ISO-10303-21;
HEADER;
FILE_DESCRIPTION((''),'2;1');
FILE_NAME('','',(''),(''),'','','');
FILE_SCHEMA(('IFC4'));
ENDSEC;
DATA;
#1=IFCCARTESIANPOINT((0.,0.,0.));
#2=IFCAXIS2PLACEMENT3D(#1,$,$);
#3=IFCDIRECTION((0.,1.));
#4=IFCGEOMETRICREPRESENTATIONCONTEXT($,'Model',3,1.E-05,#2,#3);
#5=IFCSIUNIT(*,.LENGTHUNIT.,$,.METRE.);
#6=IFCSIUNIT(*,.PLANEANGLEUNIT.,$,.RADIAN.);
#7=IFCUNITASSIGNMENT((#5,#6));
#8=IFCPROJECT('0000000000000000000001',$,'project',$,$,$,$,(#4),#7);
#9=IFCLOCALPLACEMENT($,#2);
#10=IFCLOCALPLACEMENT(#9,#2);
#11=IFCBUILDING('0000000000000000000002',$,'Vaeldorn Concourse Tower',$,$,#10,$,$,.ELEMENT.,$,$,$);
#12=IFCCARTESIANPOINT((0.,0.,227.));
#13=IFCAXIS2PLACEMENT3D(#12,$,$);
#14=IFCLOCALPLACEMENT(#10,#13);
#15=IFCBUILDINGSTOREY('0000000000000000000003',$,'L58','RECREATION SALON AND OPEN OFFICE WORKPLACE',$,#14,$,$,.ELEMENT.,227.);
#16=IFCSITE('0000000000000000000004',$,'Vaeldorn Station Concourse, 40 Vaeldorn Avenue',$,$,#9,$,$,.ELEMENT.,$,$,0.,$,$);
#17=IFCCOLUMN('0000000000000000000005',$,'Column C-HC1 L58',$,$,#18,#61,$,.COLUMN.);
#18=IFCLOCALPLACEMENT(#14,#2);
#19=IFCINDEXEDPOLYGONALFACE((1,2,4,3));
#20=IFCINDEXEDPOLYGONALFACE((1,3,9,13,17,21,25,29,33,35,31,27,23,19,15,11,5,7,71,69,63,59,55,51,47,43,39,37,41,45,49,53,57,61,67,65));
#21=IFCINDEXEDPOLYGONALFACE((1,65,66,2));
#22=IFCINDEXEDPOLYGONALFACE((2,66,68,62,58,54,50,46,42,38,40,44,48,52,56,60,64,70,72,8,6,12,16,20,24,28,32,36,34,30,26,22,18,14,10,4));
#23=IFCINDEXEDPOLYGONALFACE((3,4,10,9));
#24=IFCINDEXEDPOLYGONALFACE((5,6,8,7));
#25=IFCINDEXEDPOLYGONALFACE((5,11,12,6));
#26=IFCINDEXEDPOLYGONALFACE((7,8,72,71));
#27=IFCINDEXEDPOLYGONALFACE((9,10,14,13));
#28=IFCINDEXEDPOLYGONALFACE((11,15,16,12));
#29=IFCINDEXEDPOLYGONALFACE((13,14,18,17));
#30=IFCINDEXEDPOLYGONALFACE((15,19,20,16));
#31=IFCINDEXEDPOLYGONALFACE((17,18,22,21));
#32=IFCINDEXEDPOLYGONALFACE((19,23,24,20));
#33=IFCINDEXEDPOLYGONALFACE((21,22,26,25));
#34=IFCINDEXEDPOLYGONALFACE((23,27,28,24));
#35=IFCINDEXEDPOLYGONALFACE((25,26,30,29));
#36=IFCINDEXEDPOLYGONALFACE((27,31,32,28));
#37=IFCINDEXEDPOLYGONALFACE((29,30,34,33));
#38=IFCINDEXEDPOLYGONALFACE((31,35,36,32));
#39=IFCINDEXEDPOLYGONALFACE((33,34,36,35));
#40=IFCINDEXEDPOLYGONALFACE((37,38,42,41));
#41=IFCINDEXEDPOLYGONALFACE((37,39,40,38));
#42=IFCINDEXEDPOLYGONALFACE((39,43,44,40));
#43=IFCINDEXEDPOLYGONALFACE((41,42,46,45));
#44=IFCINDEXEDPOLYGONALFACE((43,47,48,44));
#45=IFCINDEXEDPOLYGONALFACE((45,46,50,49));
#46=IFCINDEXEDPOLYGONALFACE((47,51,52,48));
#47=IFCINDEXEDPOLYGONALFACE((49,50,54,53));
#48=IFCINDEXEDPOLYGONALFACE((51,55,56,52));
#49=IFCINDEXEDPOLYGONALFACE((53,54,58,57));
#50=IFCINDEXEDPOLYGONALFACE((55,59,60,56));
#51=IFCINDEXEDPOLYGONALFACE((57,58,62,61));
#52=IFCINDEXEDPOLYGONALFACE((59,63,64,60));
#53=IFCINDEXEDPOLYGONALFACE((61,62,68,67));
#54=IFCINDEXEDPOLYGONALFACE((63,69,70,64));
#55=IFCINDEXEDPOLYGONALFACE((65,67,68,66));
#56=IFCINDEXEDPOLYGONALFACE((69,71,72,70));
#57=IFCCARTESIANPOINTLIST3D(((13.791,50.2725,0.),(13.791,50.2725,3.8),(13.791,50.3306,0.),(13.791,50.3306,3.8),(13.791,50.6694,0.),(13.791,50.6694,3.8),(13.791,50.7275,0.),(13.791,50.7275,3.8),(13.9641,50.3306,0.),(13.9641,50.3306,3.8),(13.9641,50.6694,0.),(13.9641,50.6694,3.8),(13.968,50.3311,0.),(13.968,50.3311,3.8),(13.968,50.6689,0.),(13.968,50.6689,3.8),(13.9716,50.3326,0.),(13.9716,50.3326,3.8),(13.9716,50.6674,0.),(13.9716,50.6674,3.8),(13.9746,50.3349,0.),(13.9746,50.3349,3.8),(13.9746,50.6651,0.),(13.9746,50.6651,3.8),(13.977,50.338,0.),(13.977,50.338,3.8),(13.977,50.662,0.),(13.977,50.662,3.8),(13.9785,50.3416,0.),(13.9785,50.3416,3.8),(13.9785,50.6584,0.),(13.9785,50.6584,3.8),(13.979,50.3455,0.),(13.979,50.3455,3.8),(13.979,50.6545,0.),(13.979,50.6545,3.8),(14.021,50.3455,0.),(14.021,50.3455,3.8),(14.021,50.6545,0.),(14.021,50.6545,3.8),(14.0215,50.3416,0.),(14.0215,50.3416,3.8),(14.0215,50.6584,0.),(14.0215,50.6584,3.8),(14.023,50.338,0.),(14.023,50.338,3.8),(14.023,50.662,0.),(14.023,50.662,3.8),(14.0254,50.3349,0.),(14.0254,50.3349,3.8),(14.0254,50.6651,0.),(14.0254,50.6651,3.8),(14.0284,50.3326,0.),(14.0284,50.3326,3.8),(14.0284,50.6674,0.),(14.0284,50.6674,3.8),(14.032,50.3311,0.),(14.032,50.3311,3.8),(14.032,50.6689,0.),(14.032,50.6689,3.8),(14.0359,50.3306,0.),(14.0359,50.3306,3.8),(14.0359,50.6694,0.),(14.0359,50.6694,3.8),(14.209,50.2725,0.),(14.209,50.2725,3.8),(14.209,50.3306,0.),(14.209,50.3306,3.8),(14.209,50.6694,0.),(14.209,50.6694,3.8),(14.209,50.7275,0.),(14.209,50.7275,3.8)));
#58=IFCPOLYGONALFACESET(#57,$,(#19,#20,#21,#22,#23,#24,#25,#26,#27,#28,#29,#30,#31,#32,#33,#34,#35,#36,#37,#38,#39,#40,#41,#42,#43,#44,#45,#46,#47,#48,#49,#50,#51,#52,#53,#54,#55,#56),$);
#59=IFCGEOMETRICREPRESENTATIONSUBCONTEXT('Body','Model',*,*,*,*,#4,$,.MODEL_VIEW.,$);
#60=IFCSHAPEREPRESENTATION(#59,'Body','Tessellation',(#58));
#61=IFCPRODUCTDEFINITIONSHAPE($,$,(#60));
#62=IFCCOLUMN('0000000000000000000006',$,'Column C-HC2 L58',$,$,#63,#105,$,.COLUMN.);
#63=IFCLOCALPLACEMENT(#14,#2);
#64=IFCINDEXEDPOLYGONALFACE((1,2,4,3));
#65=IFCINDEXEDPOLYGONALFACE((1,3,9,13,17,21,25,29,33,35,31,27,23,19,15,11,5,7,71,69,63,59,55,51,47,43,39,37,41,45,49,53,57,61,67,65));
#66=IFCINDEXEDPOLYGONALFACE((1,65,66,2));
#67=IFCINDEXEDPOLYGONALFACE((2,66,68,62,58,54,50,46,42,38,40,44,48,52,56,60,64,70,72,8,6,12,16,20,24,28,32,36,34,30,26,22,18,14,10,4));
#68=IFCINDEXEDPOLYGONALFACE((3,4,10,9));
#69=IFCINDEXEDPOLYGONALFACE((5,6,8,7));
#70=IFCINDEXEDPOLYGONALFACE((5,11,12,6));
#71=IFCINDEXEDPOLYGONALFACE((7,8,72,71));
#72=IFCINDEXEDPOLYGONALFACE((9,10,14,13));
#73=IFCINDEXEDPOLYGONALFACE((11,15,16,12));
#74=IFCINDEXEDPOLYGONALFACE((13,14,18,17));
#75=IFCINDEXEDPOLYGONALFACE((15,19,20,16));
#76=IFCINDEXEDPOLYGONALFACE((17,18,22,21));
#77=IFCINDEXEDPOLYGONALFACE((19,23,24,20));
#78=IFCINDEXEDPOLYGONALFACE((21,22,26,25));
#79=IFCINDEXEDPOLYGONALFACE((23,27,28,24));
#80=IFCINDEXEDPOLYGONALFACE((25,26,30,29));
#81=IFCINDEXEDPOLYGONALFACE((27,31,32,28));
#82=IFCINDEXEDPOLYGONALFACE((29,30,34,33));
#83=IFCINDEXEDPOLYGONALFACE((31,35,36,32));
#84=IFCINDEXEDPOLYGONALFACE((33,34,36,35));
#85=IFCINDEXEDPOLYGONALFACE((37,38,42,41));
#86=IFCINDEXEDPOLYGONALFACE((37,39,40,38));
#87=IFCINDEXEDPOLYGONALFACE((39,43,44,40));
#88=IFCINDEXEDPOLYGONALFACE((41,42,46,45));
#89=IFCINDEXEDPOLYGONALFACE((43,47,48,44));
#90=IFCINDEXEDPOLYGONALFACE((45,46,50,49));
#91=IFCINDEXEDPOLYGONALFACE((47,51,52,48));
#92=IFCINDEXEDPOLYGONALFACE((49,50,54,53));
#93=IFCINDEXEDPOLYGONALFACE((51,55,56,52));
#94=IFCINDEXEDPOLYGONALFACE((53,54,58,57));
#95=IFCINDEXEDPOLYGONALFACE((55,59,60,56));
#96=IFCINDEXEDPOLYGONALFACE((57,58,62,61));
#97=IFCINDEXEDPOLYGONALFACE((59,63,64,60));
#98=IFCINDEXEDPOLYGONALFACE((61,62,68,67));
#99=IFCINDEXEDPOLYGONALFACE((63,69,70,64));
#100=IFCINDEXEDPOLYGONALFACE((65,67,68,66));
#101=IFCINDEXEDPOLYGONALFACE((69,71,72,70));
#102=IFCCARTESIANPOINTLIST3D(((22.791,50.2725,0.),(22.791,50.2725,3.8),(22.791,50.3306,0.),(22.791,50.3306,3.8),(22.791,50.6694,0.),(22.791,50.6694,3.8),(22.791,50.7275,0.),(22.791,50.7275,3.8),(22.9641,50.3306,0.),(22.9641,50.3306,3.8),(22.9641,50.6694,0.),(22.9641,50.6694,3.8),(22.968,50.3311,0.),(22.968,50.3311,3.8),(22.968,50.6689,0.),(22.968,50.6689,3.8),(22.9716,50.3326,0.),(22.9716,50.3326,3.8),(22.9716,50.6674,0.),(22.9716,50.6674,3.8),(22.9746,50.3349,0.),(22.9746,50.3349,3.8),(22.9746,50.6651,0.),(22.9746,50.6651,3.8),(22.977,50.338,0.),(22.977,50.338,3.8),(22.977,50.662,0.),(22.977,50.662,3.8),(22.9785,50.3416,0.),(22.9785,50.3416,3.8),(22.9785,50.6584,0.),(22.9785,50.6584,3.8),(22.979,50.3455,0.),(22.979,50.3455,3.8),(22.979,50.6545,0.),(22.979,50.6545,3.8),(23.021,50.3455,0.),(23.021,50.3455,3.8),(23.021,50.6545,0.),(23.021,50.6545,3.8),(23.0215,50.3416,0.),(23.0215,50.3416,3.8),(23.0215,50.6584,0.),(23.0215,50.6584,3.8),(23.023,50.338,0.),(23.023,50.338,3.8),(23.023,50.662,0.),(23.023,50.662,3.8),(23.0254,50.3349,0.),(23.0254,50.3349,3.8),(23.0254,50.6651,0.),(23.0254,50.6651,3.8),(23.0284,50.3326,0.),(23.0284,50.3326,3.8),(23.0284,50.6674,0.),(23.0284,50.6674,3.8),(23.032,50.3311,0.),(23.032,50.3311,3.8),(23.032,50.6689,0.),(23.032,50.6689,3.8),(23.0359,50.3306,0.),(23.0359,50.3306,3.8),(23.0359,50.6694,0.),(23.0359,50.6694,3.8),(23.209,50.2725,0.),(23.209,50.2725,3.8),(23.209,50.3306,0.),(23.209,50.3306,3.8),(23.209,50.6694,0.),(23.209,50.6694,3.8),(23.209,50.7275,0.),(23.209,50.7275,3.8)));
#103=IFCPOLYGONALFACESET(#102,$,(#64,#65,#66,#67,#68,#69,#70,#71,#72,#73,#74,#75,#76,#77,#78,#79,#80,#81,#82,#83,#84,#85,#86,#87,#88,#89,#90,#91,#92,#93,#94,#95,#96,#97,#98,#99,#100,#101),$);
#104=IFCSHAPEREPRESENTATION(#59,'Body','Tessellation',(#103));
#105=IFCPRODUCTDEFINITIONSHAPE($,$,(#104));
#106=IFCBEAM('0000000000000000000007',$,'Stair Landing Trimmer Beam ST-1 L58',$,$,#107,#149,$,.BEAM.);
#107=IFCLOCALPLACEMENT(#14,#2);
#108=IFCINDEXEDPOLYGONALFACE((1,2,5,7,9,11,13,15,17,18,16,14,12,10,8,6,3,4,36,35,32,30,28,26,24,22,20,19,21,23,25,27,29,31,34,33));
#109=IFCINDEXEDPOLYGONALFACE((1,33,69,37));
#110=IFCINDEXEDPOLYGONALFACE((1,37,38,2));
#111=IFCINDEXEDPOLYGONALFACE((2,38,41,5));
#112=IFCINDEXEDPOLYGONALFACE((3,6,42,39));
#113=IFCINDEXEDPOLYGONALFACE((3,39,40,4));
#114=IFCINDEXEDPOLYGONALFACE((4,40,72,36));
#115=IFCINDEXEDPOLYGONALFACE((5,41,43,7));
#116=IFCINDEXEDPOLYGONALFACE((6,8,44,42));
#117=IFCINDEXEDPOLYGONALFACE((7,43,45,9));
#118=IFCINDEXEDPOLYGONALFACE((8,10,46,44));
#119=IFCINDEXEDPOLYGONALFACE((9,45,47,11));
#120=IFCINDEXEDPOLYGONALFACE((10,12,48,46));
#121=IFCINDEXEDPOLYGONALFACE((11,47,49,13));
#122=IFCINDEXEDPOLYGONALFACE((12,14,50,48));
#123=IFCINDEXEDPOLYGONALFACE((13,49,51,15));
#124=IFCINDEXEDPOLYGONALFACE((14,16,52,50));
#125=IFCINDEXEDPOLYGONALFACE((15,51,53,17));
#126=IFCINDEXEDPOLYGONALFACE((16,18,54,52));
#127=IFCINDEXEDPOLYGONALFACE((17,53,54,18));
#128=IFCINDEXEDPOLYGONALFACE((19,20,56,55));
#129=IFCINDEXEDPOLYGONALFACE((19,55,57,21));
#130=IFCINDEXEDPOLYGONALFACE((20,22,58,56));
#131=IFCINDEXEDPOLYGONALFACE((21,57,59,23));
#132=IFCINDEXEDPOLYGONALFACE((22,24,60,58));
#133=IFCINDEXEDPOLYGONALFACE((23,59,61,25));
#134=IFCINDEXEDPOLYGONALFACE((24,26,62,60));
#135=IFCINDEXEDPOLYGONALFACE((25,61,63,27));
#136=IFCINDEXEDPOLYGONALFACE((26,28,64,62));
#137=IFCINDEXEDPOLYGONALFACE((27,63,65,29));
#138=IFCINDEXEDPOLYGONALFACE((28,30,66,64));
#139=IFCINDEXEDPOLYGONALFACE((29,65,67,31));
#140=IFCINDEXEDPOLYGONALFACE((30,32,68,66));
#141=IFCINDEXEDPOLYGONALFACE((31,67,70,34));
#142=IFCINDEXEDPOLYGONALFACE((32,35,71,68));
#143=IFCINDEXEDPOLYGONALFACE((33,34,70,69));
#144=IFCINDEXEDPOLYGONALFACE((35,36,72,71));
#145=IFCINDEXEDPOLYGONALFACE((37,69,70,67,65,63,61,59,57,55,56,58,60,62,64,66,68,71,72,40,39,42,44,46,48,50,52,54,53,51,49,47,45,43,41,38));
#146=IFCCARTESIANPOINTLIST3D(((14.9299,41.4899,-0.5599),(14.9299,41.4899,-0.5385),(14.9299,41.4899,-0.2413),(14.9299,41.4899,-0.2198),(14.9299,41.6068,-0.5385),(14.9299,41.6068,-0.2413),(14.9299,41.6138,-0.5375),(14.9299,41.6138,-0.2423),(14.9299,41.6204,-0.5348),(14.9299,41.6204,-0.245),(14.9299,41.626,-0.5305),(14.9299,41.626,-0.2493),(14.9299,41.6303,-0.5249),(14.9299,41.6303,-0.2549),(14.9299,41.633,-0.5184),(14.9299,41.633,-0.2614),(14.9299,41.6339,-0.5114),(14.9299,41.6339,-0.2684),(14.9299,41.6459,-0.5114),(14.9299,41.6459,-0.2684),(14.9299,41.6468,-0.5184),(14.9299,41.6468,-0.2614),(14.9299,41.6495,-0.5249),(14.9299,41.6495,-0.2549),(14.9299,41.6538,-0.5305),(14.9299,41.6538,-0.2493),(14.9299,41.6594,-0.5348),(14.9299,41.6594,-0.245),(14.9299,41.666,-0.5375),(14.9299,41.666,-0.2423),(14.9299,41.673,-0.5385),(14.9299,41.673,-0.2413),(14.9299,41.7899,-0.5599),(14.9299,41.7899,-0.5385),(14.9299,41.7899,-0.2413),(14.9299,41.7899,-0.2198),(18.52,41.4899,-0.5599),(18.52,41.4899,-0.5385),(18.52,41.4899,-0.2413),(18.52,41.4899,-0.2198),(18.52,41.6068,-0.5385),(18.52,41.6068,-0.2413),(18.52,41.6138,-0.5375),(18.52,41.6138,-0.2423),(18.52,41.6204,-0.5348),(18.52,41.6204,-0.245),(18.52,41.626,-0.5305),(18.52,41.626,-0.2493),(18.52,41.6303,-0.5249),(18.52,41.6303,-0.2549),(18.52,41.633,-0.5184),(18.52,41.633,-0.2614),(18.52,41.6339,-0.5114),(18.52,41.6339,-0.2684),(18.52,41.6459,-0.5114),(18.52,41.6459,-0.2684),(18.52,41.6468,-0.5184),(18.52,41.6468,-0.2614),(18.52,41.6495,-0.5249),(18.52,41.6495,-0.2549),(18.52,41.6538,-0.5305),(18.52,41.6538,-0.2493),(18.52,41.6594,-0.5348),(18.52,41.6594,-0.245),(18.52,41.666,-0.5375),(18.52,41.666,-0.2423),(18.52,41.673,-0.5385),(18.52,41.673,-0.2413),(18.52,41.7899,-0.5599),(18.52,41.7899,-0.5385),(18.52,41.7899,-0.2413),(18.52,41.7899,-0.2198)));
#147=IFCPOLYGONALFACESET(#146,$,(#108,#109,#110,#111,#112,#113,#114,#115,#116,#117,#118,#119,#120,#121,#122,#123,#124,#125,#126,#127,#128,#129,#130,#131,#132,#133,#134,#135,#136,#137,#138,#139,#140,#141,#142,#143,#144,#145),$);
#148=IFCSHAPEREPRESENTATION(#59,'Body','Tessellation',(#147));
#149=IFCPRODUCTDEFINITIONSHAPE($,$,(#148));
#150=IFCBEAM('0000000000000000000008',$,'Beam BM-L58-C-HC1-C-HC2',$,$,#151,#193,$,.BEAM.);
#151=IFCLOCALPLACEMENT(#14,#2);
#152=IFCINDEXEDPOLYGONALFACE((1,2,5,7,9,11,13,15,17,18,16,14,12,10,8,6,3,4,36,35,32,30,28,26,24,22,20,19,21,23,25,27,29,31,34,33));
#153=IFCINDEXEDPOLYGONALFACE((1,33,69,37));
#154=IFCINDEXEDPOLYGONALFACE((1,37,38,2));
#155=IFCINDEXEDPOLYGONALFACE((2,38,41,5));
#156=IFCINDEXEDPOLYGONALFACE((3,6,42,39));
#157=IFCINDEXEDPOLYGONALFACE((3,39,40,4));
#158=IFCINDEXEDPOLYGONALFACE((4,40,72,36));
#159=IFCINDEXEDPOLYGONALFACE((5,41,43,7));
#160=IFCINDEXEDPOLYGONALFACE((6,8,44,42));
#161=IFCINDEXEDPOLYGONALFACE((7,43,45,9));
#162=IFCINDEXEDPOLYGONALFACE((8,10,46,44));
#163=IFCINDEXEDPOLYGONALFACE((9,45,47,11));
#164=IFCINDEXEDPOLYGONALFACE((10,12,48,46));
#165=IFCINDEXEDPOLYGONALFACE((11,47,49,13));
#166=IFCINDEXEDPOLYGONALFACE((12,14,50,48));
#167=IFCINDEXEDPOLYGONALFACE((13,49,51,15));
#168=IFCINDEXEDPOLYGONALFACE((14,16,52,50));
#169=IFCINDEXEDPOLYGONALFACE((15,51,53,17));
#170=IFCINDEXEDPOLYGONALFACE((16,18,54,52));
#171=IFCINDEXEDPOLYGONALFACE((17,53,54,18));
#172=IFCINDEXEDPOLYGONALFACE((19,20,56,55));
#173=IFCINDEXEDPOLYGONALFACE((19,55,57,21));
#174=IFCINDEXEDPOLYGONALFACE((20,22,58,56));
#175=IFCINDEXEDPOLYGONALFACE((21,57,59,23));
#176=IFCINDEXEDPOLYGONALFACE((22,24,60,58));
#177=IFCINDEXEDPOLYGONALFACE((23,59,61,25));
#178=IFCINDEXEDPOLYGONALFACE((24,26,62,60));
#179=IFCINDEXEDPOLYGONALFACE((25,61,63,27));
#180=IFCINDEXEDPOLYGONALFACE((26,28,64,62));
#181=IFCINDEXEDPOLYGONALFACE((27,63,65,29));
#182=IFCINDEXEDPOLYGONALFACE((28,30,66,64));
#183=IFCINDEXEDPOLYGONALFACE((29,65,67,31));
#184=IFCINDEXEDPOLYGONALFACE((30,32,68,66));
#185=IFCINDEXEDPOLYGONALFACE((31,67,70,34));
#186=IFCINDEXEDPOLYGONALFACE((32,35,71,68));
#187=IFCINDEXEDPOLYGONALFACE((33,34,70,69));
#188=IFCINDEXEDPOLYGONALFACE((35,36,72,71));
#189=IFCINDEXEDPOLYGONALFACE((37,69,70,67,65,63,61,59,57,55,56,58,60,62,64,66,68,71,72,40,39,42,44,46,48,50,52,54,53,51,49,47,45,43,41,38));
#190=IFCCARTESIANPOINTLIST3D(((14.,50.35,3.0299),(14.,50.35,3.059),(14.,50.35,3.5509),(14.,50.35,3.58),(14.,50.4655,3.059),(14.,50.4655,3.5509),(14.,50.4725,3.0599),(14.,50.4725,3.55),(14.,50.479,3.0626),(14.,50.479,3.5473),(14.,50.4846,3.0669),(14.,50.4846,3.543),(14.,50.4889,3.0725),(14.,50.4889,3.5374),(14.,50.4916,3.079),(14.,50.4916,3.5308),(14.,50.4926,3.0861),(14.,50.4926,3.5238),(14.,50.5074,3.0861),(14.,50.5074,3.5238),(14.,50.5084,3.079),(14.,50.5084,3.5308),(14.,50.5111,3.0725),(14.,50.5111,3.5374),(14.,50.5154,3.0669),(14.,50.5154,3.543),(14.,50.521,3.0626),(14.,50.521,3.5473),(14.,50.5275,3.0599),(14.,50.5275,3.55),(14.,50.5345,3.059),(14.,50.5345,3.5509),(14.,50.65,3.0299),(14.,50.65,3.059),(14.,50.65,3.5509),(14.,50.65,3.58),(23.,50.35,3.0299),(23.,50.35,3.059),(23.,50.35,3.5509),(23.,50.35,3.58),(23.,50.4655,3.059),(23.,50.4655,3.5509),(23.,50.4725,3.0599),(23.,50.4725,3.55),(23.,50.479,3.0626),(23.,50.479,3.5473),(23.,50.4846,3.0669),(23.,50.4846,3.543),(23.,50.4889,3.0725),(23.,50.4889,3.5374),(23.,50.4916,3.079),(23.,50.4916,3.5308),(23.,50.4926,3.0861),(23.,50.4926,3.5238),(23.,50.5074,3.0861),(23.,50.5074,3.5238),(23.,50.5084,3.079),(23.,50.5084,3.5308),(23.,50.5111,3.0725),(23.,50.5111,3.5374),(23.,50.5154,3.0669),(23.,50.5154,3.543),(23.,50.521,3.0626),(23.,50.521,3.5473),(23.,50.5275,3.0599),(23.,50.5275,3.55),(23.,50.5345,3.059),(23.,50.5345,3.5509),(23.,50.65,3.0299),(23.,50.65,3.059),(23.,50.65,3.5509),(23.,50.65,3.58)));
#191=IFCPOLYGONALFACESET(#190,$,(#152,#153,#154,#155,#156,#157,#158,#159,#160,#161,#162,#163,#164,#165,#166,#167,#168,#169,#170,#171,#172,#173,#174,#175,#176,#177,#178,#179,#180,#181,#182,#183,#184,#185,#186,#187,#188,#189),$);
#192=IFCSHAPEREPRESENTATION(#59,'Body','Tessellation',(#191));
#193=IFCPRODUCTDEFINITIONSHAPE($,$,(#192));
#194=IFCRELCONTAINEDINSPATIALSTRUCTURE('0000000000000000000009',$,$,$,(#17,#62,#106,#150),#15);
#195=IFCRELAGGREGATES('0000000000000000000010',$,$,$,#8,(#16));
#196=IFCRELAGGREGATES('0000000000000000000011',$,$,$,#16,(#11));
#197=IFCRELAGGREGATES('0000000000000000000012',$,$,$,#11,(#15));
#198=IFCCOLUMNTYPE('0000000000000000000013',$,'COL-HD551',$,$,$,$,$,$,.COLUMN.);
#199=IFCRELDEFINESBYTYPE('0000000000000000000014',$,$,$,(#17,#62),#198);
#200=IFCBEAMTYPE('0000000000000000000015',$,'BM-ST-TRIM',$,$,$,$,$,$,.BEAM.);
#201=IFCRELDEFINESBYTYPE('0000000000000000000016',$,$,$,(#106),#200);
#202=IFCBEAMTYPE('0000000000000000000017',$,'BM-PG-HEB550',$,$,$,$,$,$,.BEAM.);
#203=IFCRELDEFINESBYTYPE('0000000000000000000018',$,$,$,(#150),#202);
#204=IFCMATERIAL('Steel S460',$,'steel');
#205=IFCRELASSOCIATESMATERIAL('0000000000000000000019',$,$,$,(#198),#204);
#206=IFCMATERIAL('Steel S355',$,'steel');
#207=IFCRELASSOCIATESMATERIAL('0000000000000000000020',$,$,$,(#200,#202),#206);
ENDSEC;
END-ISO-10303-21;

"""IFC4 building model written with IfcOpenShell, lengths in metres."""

from ifc_helpers import new_model, si_unit, direction, frame, origin, origin_2d, place, context, subcontext, project, spatial, i_section, extrude, source, transform, mapped, material, material_profile, profile_set, type_object, element, save


model = new_model("IFC4")

# Units and contexts
model_context = context("Model", 3, precision=1e-05, world=origin(), true_north=direction((0.0, 1.0)))
body_context = subcontext(model_context, "Body", "Model", "MODEL_VIEW")
ifc_project = project(units=[si_unit("LENGTHUNIT", "METRE"), si_unit("PLANEANGLEUNIT", "RADIAN")], contexts=[model_context])

# Site, building, storey
site_placement = place(None, origin())
site = spatial("IfcSite", under=ifc_project, at=site_placement, Name="Vaeldorn Station Concourse, 40 Vaeldorn Avenue", CompositionType="ELEMENT", RefElevation=0.0)
building_placement = place(site_placement, origin())
building = spatial("IfcBuilding", under=site, at=building_placement, Name="Vaeldorn Concourse Tower", CompositionType="ELEMENT")
storey_placement = place(building_placement, frame((0.0, 0.0, 227.0)))
storey = spatial("IfcBuildingStorey", under=building, at=storey_placement, Name="L58", Description="RECREATION SALON AND OPEN OFFICE WORKPLACE", CompositionType="ELEMENT", Elevation=227.0)

# Columns
ifc_material_1 = material(Name="Steel S460", Category="steel")
ifc_material_profile_1 = material_profile(ifc_material_1, i_section(OverallWidth=0.418, OverallDepth=0.4551, WebThickness=0.042, FlangeThickness=0.0581, FilletRadius=0.0149, at=origin_2d()), Name="HD 400x551")
ifc_profile_set_1 = profile_set([ifc_material_profile_1], Name="Steel S460")
column_type = type_object("IfcColumnType", Name="COL-HD551", PredefinedType="COLUMN", material=ifc_profile_set_1)
shared_shape_1 = source(origin(), body_context, "Body", "SweptSolid", [
    extrude(i_section(OverallWidth=0.418, OverallDepth=0.4551, WebThickness=0.042, FlangeThickness=0.0581, FilletRadius=0.0149, at=origin_2d()), origin(), (0.0, 0.0, 1.0), 3.8),
])
for number, where, z_axis, x_axis, name in (
    (1, (14.0, 50.5, 0.0), (0.0, 0.0, 1.0), (1.0, 0.0, 0.0), "Column C-HC1 L58"),
    (2, (23.0, 50.5, 0.0), (0.0, 0.0, 1.0), (1.0, 0.0, 0.0), "Column C-HC2 L58"),
):
    element("IfcColumn", number, at=place(storey_placement, frame(where, z_axis=z_axis, x_axis=x_axis)), inside=storey, type_object=column_type, Name=name, PredefinedType="COLUMN", context=body_context, shape_type="MappedRepresentation", body=[
        mapped(shared_shape_1, transform((0.0, 0.0, 0.0), scale=1.0)),
    ])

# Beams
ifc_material_2 = material(Name="Steel S355", Category="steel")
ifc_material_profile_2 = material_profile(ifc_material_2, i_section(OverallWidth=0.3, OverallDepth=0.3401, WebThickness=0.012, FlangeThickness=0.0215, FilletRadius=0.0271, at=origin_2d()), Name="HEB 340")
ifc_profile_set_2 = profile_set([ifc_material_profile_2], Name="Steel S355")
beam_type_1 = type_object("IfcBeamType", Name="BM-ST-TRIM", PredefinedType="BEAM", material=ifc_profile_set_2)
shared_shape_2 = source(origin(), body_context, "Body", "SweptSolid", [
    extrude(i_section(OverallWidth=0.3, OverallDepth=0.3401, WebThickness=0.012, FlangeThickness=0.0215, FilletRadius=0.0271, at=origin_2d()), origin(), (0.0, 0.0, 1.0), 3.5901),
])
beam_1_placement = place(storey_placement, frame((14.9299, 41.6399, -0.3899), z_axis=(1.0, 0.0, 0.0), x_axis=(0.0, 1.0, 0.0)))
element("IfcBeam", 3, at=beam_1_placement, inside=storey, type_object=beam_type_1, Name="Stair Landing Trimmer Beam ST-1 L58", PredefinedType="BEAM", context=body_context, shape_type="MappedRepresentation", body=[
    mapped(shared_shape_2, transform((0.0, 0.0, 0.0), scale=1.0)),
])
ifc_material_profile_3 = material_profile(ifc_material_2, i_section(OverallWidth=0.3, OverallDepth=0.55, WebThickness=0.0149, FlangeThickness=0.0291, FilletRadius=0.0271, at=origin_2d()), Name="HEB 550")
ifc_profile_set_3 = profile_set([ifc_material_profile_3], Name="Steel S355")
beam_type_2 = type_object("IfcBeamType", Name="BM-PG-HEB550", PredefinedType="BEAM", material=ifc_profile_set_3)
shared_shape_3 = source(origin(), body_context, "Body", "SweptSolid", [
    extrude(i_section(OverallWidth=0.3, OverallDepth=0.55, WebThickness=0.0149, FlangeThickness=0.0291, FilletRadius=0.0271, at=origin_2d()), origin(), (0.0, 0.0, 1.0), 9.0),
])
beam_2_placement = place(storey_placement, frame((14.0, 50.5, 3.3049), z_axis=(1.0, 0.0, 0.0), x_axis=(0.0, 1.0, 0.0)))
element("IfcBeam", 4, at=beam_2_placement, inside=storey, type_object=beam_type_2, Name="Beam BM-L58-C-HC1-C-HC2", PredefinedType="BEAM", context=body_context, shape_type="MappedRepresentation", body=[
    mapped(shared_shape_3, transform((0.0, 0.0, 0.0), scale=1.0)),
])

save(model, "model.ifc")
